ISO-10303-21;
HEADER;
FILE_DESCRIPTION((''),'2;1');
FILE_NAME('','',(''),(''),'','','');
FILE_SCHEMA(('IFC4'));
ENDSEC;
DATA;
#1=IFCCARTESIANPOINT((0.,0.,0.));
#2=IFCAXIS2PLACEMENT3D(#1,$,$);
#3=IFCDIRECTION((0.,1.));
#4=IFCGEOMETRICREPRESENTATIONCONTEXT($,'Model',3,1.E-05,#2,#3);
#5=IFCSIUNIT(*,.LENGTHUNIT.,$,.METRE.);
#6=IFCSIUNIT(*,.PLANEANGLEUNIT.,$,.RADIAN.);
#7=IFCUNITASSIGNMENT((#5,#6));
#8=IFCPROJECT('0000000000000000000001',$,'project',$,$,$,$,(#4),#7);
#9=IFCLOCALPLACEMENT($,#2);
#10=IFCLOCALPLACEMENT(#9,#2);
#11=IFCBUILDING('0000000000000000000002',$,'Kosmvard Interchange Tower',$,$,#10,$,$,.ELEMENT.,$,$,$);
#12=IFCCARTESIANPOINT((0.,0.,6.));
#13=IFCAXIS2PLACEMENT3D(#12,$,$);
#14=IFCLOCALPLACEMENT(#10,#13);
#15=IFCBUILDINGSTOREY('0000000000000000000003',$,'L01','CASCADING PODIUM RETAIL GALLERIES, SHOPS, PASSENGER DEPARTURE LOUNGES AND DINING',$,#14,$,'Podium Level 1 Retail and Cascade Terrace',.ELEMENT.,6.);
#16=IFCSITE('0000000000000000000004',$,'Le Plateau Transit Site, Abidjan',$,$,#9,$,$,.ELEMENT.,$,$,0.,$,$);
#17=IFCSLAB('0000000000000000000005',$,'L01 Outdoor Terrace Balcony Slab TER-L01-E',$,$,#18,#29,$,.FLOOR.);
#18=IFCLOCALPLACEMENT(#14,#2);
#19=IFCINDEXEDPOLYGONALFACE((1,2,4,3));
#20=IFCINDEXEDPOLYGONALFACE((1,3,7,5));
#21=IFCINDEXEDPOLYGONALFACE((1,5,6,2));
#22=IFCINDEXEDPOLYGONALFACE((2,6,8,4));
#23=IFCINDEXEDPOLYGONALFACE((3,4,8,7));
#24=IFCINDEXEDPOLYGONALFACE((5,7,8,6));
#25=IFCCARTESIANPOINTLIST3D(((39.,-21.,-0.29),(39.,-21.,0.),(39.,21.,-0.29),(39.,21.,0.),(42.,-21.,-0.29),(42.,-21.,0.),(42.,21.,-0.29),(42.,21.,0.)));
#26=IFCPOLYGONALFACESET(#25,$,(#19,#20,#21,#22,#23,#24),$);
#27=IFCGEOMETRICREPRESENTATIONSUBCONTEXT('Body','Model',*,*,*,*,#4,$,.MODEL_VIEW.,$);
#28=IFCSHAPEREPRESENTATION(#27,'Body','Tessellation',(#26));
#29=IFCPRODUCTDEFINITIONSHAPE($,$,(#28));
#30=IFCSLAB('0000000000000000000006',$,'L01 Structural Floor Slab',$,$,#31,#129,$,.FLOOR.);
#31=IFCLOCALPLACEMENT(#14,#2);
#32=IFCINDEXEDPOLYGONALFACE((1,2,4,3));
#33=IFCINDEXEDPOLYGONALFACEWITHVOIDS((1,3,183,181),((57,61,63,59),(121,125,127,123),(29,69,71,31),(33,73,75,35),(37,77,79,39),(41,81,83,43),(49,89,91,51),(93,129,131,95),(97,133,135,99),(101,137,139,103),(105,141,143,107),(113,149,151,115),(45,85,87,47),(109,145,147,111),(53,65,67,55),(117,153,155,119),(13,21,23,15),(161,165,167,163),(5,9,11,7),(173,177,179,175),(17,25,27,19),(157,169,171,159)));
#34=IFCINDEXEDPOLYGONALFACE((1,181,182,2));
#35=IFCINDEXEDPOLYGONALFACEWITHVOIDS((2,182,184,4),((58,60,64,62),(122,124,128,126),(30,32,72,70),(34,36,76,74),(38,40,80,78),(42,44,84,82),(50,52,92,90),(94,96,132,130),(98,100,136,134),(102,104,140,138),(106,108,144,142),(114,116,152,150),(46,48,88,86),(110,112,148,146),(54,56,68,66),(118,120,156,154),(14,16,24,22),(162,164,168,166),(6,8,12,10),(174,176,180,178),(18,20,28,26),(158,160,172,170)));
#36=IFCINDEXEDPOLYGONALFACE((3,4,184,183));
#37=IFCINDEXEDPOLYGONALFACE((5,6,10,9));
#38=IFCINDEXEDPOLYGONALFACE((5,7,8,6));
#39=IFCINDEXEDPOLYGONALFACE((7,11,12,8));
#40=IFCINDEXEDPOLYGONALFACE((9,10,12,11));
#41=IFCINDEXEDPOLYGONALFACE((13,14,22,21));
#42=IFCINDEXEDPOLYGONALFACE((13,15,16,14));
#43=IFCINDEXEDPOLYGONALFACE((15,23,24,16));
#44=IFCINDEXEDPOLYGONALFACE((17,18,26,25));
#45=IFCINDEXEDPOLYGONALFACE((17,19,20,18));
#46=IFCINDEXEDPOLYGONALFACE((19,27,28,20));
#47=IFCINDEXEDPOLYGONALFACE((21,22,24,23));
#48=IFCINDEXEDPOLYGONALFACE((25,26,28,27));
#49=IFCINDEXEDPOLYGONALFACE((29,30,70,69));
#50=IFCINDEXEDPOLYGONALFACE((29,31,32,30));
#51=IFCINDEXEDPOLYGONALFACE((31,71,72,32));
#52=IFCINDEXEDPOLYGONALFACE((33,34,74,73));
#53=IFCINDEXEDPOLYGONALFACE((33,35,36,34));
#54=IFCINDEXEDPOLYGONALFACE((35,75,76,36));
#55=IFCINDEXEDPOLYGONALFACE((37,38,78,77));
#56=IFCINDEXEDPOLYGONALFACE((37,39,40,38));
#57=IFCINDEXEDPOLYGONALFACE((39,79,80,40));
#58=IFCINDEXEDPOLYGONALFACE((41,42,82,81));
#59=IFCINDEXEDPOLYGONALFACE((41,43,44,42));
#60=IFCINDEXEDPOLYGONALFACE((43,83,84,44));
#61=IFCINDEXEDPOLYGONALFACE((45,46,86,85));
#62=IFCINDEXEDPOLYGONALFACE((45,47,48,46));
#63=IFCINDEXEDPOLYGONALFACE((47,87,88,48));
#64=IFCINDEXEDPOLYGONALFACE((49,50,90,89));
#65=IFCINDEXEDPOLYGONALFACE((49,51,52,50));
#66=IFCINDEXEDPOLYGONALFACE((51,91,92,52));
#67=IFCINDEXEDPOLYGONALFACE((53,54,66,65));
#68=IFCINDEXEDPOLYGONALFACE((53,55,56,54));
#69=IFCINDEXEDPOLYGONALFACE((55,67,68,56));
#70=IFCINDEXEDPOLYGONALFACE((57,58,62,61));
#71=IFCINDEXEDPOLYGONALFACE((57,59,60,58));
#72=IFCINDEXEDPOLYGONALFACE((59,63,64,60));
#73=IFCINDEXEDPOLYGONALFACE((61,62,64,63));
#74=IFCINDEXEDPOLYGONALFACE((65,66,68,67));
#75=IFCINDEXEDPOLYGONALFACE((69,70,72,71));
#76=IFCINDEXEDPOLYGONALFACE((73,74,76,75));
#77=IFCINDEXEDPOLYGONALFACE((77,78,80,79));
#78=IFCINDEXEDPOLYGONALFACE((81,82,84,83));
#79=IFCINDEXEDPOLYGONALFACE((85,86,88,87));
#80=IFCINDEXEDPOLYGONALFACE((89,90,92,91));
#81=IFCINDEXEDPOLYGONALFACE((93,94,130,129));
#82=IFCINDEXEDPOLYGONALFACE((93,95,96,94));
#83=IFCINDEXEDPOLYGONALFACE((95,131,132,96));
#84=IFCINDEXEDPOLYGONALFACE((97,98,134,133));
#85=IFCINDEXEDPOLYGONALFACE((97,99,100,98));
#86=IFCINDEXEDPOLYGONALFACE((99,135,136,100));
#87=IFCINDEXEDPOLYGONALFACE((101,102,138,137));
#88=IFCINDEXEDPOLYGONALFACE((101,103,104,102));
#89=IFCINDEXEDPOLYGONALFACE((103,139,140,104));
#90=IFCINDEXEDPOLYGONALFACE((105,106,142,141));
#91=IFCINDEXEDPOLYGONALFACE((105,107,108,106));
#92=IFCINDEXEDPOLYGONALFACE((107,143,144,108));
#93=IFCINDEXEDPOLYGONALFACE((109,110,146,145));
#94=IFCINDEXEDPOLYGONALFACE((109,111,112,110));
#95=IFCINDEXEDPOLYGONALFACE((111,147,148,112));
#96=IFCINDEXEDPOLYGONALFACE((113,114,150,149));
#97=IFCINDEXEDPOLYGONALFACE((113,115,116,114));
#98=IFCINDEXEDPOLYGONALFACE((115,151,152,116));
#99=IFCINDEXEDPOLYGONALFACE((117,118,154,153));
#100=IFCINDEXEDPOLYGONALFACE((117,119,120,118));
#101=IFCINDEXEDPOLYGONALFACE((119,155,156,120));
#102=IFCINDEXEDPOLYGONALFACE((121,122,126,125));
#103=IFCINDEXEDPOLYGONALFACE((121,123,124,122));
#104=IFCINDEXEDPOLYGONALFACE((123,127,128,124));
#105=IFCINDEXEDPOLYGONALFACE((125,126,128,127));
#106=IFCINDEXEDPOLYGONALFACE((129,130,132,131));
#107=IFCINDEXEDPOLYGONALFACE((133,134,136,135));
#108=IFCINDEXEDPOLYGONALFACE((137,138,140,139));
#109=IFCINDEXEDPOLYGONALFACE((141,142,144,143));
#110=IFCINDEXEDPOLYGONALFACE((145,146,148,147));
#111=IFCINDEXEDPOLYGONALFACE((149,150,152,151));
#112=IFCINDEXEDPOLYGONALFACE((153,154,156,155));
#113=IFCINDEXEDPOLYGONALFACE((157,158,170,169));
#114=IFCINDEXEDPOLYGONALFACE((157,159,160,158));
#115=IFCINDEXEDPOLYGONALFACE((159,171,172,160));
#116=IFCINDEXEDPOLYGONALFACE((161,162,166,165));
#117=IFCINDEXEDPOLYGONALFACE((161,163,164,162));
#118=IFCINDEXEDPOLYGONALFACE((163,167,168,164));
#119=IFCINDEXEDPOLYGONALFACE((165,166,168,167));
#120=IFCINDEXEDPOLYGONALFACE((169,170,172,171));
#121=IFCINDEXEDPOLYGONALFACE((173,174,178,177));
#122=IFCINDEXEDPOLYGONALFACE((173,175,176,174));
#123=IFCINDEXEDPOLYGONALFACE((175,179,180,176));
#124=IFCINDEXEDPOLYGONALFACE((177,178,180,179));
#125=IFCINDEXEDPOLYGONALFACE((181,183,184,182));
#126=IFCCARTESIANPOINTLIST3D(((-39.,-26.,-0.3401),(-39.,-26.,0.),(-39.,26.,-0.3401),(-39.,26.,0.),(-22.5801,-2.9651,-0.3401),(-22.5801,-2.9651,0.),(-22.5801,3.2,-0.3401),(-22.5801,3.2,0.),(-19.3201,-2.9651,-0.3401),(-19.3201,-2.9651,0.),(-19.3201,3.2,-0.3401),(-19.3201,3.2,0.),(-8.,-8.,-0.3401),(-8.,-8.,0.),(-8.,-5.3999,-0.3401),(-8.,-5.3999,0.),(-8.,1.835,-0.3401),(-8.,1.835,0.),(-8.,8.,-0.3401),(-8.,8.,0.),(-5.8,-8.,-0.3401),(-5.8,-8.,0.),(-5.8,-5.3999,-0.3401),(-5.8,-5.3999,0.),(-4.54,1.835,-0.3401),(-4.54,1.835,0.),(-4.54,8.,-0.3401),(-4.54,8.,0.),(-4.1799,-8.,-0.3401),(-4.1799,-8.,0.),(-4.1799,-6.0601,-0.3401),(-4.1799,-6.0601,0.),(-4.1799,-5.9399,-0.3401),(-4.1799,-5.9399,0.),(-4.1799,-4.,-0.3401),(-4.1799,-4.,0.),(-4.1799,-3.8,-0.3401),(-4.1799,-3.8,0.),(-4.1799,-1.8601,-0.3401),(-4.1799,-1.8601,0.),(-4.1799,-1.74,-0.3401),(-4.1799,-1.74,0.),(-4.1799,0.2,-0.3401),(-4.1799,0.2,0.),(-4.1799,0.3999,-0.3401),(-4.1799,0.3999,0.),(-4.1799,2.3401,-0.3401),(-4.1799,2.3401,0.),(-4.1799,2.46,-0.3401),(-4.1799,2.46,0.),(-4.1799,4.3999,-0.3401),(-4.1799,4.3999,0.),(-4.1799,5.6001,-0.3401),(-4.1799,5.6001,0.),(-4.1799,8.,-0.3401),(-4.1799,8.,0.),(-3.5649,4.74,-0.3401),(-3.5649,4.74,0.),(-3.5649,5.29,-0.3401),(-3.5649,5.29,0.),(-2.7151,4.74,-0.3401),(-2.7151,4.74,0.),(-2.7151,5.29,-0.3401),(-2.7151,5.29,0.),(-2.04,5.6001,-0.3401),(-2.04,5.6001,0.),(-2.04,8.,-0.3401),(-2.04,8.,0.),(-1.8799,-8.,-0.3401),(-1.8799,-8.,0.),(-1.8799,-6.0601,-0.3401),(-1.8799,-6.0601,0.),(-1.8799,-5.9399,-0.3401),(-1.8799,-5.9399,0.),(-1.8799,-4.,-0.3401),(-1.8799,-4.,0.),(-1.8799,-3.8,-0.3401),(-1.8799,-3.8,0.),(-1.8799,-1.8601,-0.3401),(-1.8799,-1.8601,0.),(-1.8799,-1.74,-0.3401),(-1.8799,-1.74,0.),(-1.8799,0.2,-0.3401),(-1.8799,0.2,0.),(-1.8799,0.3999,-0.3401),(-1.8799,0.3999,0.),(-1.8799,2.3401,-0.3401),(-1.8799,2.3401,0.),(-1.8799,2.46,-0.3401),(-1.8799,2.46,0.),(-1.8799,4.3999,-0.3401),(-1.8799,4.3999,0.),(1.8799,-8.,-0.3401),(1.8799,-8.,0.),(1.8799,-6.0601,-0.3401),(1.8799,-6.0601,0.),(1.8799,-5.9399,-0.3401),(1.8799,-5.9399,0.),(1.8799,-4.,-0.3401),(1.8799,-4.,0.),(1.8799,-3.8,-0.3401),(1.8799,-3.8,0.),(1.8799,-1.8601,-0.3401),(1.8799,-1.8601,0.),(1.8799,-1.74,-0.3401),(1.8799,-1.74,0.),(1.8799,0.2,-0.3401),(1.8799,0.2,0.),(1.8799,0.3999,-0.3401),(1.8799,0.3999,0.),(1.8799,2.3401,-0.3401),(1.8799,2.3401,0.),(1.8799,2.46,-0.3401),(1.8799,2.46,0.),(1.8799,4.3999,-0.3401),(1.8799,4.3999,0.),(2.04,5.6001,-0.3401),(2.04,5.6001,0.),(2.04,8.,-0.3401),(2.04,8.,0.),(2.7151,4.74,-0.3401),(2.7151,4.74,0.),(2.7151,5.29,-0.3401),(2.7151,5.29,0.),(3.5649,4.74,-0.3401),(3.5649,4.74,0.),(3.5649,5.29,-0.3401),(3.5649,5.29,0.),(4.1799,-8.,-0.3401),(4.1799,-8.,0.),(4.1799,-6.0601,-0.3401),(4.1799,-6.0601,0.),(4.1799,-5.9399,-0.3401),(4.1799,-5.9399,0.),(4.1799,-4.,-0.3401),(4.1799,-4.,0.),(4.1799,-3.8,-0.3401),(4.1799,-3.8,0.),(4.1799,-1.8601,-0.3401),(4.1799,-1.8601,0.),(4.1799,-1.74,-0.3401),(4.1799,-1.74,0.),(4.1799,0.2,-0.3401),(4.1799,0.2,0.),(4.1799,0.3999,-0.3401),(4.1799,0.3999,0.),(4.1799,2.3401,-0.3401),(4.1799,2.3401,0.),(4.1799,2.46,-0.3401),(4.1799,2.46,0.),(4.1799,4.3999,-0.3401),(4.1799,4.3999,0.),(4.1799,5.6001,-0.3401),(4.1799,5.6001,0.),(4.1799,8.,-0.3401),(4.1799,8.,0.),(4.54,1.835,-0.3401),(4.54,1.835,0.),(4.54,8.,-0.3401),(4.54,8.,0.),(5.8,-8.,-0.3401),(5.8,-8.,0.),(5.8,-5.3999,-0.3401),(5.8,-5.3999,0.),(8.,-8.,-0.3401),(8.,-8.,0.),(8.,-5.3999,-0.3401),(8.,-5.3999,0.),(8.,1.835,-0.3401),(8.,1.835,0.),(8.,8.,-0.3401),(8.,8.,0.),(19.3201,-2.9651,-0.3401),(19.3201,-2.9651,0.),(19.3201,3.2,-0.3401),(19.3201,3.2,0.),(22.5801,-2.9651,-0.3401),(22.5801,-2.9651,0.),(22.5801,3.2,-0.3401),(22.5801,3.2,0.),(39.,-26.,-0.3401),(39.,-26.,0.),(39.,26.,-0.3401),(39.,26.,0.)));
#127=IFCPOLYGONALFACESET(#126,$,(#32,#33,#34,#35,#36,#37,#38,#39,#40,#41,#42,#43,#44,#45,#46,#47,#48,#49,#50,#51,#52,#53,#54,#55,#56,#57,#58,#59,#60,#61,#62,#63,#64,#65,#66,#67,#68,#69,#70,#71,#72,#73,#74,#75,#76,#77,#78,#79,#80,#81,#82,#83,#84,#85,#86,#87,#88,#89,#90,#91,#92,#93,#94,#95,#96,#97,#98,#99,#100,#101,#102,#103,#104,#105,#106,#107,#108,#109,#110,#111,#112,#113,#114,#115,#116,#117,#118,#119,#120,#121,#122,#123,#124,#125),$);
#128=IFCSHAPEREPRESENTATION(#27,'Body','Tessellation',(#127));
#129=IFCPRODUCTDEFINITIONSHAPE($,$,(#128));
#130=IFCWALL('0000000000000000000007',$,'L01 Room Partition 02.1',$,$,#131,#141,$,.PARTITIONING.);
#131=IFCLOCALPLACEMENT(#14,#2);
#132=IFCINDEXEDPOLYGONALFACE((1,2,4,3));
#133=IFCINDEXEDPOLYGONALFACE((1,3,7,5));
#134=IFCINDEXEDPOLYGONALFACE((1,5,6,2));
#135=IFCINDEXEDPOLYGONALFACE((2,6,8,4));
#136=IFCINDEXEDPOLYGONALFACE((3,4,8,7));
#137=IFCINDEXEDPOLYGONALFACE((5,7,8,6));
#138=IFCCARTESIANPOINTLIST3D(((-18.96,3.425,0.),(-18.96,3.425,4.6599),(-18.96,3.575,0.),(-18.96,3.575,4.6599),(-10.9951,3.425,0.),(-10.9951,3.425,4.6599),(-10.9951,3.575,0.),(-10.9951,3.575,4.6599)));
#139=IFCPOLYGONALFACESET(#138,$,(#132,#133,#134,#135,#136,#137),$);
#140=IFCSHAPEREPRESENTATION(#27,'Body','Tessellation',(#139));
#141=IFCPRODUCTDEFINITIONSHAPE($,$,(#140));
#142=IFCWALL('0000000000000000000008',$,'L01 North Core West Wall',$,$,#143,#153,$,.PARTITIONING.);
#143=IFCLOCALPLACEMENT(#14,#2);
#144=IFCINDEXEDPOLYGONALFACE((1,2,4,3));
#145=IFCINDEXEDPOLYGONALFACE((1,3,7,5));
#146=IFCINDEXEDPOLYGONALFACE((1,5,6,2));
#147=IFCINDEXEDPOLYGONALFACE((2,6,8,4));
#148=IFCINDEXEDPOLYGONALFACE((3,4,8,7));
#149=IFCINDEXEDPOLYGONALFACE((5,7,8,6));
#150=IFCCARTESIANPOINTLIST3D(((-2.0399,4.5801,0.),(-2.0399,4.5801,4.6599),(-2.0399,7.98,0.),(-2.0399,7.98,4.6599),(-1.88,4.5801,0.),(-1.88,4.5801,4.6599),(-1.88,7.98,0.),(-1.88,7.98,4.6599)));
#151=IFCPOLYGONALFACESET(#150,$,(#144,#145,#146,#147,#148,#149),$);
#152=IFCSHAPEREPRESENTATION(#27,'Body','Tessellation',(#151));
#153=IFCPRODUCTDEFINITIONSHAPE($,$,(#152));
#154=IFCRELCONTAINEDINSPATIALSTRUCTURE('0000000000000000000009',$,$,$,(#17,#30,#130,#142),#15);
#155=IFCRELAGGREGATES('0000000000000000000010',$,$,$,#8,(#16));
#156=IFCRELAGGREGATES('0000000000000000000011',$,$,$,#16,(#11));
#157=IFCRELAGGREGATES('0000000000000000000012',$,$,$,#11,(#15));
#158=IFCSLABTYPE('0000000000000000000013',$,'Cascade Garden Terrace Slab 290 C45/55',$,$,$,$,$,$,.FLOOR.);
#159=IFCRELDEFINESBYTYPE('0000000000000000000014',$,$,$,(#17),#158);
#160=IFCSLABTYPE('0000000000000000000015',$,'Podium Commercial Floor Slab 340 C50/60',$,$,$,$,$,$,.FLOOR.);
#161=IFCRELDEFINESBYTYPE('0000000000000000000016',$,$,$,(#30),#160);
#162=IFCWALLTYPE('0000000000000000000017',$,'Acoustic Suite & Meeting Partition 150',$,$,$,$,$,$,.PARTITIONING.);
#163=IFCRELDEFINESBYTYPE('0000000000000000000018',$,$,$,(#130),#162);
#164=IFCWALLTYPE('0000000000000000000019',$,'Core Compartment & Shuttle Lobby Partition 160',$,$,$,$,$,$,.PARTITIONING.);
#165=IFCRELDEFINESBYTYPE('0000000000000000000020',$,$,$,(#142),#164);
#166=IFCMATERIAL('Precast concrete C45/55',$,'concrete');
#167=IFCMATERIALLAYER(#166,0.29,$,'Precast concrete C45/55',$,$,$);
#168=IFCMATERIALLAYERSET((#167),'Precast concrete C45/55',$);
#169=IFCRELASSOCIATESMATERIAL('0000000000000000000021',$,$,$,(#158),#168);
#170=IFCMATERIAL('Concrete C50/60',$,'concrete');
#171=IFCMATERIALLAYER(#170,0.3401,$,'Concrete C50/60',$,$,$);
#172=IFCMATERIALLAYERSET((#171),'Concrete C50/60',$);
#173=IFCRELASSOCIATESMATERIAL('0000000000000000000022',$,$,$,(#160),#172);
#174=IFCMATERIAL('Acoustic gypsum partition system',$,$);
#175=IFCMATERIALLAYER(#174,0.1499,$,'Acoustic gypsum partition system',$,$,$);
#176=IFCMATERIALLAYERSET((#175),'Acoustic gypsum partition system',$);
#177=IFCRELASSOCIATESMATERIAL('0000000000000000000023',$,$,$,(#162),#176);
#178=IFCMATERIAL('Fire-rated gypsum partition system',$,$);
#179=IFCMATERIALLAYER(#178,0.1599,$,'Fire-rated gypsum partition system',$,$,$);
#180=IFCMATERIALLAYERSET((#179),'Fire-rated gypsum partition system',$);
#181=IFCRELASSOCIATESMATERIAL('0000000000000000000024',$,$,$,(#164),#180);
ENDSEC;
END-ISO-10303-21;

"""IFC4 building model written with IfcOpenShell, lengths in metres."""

from ifc_helpers import new_model, si_unit, direction, frame, frame_2d, origin, place, context, subcontext, project, spatial, polyline, rectangle, outline, extrude, material, layer, layer_set, type_object, element, save


model = new_model("IFC4")

# Units and contexts
model_context = context("Model", 3, precision=1e-05, world=origin(), true_north=direction((0.0, 1.0)))
body_context = subcontext(model_context, "Body", "Model", "MODEL_VIEW")
ifc_project = project(units=[si_unit("LENGTHUNIT", "METRE"), si_unit("PLANEANGLEUNIT", "RADIAN")], contexts=[model_context])

# Site, building, storey
site_placement = place(None, origin())
site = spatial("IfcSite", under=ifc_project, at=site_placement, Name="Le Plateau Transit Site, Abidjan", CompositionType="ELEMENT", RefElevation=0.0)
building_placement = place(site_placement, origin())
building = spatial("IfcBuilding", under=site, at=building_placement, Name="Kosmvard Interchange Tower", CompositionType="ELEMENT")
storey_placement = place(building_placement, frame((0.0, 0.0, 6.0)))
storey = spatial("IfcBuildingStorey", under=building, at=storey_placement, Name="L01", Description="CASCADING PODIUM RETAIL GALLERIES, SHOPS, PASSENGER DEPARTURE LOUNGES AND DINING", LongName="Podium Level 1 Retail and Cascade Terrace", CompositionType="ELEMENT", Elevation=6.0)

# Slabs
ifc_material_1 = material(Name="Precast concrete C45/55", Category="concrete")
ifc_layer_1 = layer(ifc_material_1, 0.29, Name="Precast concrete C45/55")
ifc_layer_set_1 = layer_set([ifc_layer_1], Name="Precast concrete C45/55")
slab_type_1 = type_object("IfcSlabType", Name="Cascade Garden Terrace Slab 290 C45/55", PredefinedType="FLOOR", material=ifc_layer_set_1)
slab_1_placement = place(storey_placement, frame((0.0, 0.0, -0.29)))
element("IfcSlab", 1, at=slab_1_placement, inside=storey, type_object=slab_type_1, Name="L01 Outdoor Terrace Balcony Slab TER-L01-E", PredefinedType="FLOOR", context=body_context, shape_type="SweptSolid", body=[
    extrude(outline(polyline([(39.0, -21.0), (42.0, -21.0), (42.0, 21.0), (39.0, 21.0), (39.0, -21.0)])), origin(), (0.0, 0.0, 1.0), 0.29),
])
ifc_material_2 = material(Name="Concrete C50/60", Category="concrete")
ifc_layer_2 = layer(ifc_material_2, 0.3401, Name="Concrete C50/60")
ifc_layer_set_2 = layer_set([ifc_layer_2], Name="Concrete C50/60")
slab_type_2 = type_object("IfcSlabType", Name="Podium Commercial Floor Slab 340 C50/60", PredefinedType="FLOOR", material=ifc_layer_set_2)
slab_2_placement = place(storey_placement, frame((0.0, 0.0, -0.3401)))
element("IfcSlab", 2, at=slab_2_placement, inside=storey, type_object=slab_type_2, Name="L01 Structural Floor Slab", PredefinedType="FLOOR", context=body_context, shape_type="SweptSolid", body=[
    extrude(outline(polyline([(-39.0, -26.0), (39.0, -26.0), (39.0, 26.0), (-39.0, 26.0), (-39.0, -26.0)]), holes=[polyline([(-8.0, 1.835), (-4.54, 1.835), (-4.54, 8.0), (-8.0, 8.0), (-8.0, 1.835)]), polyline([(4.54, 1.835), (8.0, 1.835), (8.0, 8.0), (4.54, 8.0), (4.54, 1.835)]), polyline([(-22.5801, -2.9651), (-19.3201, -2.9651), (-19.3201, 3.2), (-22.5801, 3.2), (-22.5801, -2.9651)]), polyline([(19.3201, -2.9651), (22.5801, -2.9651), (22.5801, 3.2), (19.3201, 3.2), (19.3201, -2.9651)]), polyline([(-8.0, -8.0), (-5.8, -8.0), (-5.8, -5.3999), (-8.0, -5.3999), (-8.0, -8.0)]), polyline([(5.8, -8.0), (8.0, -8.0), (8.0, -5.3999), (5.8, -5.3999), (5.8, -8.0)]), polyline([(-4.1799, -8.0), (-1.8799, -8.0), (-1.8799, -6.0601), (-4.1799, -6.0601), (-4.1799, -8.0)]), polyline([(-4.1799, -5.9399), (-1.8799, -5.9399), (-1.8799, -4.0), (-4.1799, -4.0), (-4.1799, -5.9399)]), polyline([(1.8799, -8.0), (4.1799, -8.0), (4.1799, -6.0601), (1.8799, -6.0601), (1.8799, -8.0)]), polyline([(1.8799, -5.9399), (4.1799, -5.9399), (4.1799, -4.0), (1.8799, -4.0), (1.8799, -5.9399)]), polyline([(-4.1799, -3.8), (-1.8799, -3.8), (-1.8799, -1.8601), (-4.1799, -1.8601), (-4.1799, -3.8)]), polyline([(-4.1799, -1.74), (-1.8799, -1.74), (-1.8799, 0.2), (-4.1799, 0.2), (-4.1799, -1.74)]), polyline([(1.8799, -3.8), (4.1799, -3.8), (4.1799, -1.8601), (1.8799, -1.8601), (1.8799, -3.8)]), polyline([(1.8799, -1.74), (4.1799, -1.74), (4.1799, 0.2), (1.8799, 0.2), (1.8799, -1.74)]), polyline([(-4.1799, 0.3999), (-1.8799, 0.3999), (-1.8799, 2.3401), (-4.1799, 2.3401), (-4.1799, 0.3999)]), polyline([(-4.1799, 2.46), (-1.8799, 2.46), (-1.8799, 4.3999), (-4.1799, 4.3999), (-4.1799, 2.46)]), polyline([(1.8799, 0.3999), (4.1799, 0.3999), (4.1799, 2.3401), (1.8799, 2.3401), (1.8799, 0.3999)]), polyline([(1.8799, 2.46), (4.1799, 2.46), (4.1799, 4.3999), (1.8799, 4.3999), (1.8799, 2.46)]), polyline([(-4.1799, 5.6001), (-2.04, 5.6001), (-2.04, 8.0), (-4.1799, 8.0), (-4.1799, 5.6001)]), polyline([(2.04, 5.6001), (4.1799, 5.6001), (4.1799, 8.0), (2.04, 8.0), (2.04, 5.6001)]), polyline([(-3.5649, 4.74), (-2.7151, 4.74), (-2.7151, 5.29), (-3.5649, 5.29), (-3.5649, 4.74)]), polyline([(2.7151, 4.74), (3.5649, 4.74), (3.5649, 5.29), (2.7151, 5.29), (2.7151, 4.74)])]), origin(), (0.0, 0.0, 1.0), 0.3401),
])

# Walls
ifc_material_3 = material(Name="Acoustic gypsum partition system")
ifc_layer_3 = layer(ifc_material_3, 0.1499, Name="Acoustic gypsum partition system")
ifc_layer_set_3 = layer_set([ifc_layer_3], Name="Acoustic gypsum partition system")
wall_type_1 = type_object("IfcWallType", Name="Acoustic Suite & Meeting Partition 150", PredefinedType="PARTITIONING", material=ifc_layer_set_3)
wall_1_placement = place(storey_placement, frame((-18.96, 3.5, 0.0), z_axis=(0.0, 0.0, 1.0), x_axis=(1.0, 0.0, 0.0)))
element("IfcWall", 3, at=wall_1_placement, inside=storey, type_object=wall_type_1, Name="L01 Room Partition 02.1", PredefinedType="PARTITIONING", context=body_context, shape_type="SweptSolid", body=[
    extrude(rectangle(XDim=7.9648, YDim=0.1499, at=frame_2d((3.9824, 0.0))), origin(), (0.0, 0.0, 1.0), 4.6599),
])
ifc_material_4 = material(Name="Fire-rated gypsum partition system")
ifc_layer_4 = layer(ifc_material_4, 0.1599, Name="Fire-rated gypsum partition system")
ifc_layer_set_4 = layer_set([ifc_layer_4], Name="Fire-rated gypsum partition system")
wall_type_2 = type_object("IfcWallType", Name="Core Compartment & Shuttle Lobby Partition 160", PredefinedType="PARTITIONING", material=ifc_layer_set_4)
wall_2_placement = place(storey_placement, frame((-1.96, 4.5801, 0.0), z_axis=(0.0, 0.0, 1.0), x_axis=(0.0, 1.0, 0.0)))
element("IfcWall", 4, at=wall_2_placement, inside=storey, type_object=wall_type_2, Name="L01 North Core West Wall", PredefinedType="PARTITIONING", context=body_context, shape_type="SweptSolid", body=[
    extrude(rectangle(XDim=3.3999, YDim=0.1599, at=frame_2d((1.7, 0.0))), origin(), (0.0, 0.0, 1.0), 4.6599),
])

save(model, "model.ifc")
